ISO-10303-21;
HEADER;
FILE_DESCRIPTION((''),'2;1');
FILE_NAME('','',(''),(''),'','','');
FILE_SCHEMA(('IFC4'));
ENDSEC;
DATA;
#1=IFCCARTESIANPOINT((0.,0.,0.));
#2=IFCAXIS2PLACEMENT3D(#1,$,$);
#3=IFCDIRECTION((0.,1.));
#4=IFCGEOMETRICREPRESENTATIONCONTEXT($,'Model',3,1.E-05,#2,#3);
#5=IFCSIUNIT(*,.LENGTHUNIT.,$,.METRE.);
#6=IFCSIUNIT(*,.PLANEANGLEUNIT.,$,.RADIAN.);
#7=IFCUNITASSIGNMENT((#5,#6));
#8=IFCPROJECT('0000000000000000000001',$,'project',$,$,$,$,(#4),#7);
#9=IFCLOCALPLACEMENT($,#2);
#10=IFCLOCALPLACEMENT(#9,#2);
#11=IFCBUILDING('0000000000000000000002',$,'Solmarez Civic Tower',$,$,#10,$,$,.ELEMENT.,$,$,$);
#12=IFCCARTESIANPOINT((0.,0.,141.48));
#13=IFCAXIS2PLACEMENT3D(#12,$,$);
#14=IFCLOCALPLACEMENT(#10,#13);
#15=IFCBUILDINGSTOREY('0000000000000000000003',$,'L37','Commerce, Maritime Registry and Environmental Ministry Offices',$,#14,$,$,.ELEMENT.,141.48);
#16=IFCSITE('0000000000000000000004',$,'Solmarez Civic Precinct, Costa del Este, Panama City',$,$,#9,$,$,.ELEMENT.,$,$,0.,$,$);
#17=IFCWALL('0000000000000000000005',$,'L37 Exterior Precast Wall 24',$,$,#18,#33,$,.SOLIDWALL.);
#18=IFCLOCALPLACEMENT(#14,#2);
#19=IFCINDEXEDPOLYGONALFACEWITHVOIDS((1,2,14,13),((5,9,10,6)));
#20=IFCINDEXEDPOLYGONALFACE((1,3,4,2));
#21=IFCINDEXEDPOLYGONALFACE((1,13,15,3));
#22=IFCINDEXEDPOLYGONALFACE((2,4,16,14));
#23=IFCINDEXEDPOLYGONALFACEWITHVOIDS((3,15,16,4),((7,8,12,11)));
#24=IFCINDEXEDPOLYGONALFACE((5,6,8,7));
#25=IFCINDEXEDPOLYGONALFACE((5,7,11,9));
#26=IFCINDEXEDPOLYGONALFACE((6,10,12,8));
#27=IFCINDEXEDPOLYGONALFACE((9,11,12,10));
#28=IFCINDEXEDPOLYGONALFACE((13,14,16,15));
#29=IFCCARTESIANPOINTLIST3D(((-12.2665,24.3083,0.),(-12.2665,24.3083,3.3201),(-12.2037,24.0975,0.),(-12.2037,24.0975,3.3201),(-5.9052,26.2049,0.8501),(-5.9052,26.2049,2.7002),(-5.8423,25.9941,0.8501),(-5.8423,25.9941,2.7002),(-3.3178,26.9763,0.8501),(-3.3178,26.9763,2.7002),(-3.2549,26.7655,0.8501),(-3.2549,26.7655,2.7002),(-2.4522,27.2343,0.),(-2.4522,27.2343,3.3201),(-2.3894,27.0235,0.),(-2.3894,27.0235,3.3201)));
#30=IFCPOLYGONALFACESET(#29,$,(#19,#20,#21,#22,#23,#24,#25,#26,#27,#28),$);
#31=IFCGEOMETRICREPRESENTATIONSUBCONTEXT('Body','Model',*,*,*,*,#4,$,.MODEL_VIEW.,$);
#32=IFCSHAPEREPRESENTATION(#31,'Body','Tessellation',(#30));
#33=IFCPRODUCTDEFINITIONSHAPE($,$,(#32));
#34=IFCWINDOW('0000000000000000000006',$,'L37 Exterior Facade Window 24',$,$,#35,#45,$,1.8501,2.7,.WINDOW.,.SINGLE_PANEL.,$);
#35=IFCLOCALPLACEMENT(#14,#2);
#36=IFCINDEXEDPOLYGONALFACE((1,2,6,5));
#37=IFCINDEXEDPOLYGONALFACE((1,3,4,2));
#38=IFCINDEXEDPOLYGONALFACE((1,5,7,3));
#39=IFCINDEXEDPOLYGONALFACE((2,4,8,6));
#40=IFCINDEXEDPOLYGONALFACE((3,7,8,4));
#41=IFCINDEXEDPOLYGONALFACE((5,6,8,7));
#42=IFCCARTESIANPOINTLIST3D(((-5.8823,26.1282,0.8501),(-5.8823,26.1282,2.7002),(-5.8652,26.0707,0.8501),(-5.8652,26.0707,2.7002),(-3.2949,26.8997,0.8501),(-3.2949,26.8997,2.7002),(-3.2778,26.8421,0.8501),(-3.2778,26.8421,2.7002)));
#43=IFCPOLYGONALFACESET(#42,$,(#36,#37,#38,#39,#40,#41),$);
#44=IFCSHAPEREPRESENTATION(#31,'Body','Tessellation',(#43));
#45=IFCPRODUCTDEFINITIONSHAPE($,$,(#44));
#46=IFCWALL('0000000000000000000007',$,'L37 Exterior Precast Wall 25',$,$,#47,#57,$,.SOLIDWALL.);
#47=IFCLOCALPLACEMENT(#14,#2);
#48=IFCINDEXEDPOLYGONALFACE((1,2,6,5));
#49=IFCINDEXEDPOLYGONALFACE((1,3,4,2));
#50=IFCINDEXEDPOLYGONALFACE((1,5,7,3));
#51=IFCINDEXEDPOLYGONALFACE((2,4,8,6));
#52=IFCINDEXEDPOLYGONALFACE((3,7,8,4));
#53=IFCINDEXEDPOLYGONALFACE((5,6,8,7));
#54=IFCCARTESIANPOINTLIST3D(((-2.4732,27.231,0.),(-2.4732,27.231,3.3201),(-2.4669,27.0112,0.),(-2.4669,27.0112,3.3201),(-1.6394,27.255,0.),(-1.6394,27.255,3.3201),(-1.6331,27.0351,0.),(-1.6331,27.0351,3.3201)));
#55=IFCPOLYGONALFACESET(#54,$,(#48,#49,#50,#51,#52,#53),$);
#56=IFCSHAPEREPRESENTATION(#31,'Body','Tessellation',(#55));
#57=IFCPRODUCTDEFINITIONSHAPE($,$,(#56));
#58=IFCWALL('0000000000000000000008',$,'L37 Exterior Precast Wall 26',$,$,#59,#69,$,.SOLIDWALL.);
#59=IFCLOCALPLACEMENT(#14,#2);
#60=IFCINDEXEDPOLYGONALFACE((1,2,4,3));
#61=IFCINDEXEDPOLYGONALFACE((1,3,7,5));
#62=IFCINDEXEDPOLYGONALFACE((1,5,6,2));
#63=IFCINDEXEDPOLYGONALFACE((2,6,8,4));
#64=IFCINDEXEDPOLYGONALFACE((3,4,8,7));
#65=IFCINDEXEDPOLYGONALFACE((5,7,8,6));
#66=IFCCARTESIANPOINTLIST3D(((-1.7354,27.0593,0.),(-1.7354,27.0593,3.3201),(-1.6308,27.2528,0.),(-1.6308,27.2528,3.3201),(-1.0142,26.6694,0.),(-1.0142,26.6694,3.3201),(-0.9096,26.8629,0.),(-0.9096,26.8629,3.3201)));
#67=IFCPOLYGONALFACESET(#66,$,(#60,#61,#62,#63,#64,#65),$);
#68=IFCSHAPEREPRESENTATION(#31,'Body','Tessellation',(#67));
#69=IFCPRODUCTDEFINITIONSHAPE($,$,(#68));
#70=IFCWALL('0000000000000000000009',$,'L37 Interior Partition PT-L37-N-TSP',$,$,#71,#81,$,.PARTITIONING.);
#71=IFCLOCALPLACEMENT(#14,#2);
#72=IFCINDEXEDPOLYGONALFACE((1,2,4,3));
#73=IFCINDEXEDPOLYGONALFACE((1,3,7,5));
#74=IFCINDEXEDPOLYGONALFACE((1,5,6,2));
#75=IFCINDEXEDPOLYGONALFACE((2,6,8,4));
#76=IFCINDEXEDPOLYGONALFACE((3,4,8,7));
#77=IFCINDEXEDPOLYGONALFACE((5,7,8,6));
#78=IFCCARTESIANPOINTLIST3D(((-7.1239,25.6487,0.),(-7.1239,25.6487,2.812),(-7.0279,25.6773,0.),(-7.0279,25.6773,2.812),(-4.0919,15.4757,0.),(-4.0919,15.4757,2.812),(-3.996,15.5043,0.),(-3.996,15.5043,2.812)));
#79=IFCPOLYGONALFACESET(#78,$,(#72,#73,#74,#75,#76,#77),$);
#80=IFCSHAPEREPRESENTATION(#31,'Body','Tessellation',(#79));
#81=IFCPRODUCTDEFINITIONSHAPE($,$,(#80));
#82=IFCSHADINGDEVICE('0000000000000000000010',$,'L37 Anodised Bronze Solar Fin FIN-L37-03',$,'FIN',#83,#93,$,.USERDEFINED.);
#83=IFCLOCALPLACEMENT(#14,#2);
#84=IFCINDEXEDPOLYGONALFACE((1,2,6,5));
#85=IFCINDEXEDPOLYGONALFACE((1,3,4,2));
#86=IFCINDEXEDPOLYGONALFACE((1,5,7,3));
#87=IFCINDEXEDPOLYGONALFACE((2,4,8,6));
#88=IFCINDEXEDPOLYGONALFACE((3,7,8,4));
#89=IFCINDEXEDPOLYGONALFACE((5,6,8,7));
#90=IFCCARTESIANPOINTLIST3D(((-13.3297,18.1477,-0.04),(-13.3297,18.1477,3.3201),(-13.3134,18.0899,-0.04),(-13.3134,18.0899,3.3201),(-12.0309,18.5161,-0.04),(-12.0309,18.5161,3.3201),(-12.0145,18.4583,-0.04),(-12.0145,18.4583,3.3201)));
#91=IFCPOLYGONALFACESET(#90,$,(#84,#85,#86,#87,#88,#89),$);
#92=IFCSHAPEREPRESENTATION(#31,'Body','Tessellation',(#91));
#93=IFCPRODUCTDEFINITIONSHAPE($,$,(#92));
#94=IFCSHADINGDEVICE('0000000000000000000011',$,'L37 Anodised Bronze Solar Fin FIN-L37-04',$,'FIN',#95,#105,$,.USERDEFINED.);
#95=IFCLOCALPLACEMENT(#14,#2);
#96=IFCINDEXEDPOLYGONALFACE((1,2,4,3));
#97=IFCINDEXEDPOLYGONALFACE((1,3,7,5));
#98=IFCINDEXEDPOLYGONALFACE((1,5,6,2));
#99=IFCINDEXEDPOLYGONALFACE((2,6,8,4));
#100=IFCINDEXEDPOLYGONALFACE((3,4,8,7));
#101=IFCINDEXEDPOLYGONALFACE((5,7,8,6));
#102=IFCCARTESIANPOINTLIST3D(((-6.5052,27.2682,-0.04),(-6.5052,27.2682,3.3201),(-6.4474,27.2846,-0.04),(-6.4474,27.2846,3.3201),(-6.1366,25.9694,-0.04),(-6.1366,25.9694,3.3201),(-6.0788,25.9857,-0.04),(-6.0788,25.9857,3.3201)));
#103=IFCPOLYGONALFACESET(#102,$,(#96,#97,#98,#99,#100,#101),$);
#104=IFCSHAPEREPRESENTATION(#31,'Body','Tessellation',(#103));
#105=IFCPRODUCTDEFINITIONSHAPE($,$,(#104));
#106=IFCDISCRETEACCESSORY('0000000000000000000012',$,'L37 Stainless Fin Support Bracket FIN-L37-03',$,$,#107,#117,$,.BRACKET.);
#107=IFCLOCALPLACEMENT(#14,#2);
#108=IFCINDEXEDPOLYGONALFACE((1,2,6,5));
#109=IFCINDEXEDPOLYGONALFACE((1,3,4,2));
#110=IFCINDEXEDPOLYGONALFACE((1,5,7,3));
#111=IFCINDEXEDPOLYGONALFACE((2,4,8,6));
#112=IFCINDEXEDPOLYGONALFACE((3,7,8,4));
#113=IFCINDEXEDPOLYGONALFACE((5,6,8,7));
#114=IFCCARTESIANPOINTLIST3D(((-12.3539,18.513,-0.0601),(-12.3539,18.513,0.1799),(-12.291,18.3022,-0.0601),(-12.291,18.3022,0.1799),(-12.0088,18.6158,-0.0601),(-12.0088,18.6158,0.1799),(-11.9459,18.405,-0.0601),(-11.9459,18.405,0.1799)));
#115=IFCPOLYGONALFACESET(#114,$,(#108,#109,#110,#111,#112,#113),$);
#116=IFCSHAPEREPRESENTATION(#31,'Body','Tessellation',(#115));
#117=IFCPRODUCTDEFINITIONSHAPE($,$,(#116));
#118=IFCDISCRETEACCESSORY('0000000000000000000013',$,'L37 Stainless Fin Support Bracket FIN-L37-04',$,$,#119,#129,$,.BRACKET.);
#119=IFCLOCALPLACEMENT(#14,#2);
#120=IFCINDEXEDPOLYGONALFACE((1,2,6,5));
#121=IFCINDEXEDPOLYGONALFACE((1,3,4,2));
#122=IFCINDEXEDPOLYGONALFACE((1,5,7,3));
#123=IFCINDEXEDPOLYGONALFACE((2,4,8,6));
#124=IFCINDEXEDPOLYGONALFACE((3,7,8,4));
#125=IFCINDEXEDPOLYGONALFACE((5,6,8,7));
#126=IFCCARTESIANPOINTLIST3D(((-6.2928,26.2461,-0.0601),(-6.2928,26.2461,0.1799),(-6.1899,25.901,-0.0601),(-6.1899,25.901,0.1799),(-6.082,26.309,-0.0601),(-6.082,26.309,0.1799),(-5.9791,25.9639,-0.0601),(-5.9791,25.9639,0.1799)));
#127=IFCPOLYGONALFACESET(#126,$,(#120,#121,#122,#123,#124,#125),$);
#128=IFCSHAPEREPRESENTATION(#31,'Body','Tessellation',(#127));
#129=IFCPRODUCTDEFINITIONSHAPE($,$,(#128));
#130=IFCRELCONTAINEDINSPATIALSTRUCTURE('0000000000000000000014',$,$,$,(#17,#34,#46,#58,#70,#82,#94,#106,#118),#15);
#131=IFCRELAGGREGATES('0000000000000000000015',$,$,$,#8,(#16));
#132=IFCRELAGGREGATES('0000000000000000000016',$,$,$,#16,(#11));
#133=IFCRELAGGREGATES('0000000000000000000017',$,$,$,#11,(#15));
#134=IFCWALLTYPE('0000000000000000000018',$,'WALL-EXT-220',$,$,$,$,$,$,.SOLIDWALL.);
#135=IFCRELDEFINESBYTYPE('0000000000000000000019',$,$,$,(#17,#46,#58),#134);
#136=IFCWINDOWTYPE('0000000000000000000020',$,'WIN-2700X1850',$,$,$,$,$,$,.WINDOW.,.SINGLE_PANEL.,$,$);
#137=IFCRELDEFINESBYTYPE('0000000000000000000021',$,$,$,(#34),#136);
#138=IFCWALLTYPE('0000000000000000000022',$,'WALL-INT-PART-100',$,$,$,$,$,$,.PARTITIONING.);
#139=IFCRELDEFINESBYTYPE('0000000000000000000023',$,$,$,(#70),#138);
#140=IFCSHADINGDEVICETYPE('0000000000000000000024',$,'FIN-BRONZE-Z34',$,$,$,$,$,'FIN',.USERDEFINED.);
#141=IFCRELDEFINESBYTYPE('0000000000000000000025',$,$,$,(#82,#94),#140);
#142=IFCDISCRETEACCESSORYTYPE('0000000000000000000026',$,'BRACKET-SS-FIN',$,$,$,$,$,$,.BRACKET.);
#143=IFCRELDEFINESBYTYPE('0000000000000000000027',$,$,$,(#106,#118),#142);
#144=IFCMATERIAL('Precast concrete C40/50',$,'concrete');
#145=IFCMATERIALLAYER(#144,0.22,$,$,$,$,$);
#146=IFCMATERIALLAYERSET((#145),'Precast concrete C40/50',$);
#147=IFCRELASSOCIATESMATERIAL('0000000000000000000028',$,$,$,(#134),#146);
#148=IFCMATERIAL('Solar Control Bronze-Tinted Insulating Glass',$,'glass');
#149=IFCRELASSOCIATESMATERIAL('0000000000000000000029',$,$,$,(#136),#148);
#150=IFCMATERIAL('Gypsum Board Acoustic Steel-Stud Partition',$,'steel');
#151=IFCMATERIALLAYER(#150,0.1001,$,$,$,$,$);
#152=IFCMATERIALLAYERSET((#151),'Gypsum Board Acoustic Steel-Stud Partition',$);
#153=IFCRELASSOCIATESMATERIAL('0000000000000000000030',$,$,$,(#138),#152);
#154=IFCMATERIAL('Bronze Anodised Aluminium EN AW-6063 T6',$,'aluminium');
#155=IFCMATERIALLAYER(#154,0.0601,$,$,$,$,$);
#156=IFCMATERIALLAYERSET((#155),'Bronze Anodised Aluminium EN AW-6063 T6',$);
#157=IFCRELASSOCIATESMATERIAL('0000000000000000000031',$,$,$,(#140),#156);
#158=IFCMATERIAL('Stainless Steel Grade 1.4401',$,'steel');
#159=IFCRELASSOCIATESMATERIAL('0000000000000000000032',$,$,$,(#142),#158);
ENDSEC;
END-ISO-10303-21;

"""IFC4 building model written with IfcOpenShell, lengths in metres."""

from ifc_helpers import new_model, si_unit, direction, frame, frame_2d, origin, origin_2d, place, context, subcontext, project, spatial, rectangle, extrude, material, layer, layer_set, type_object, element, fill, save


model = new_model("IFC4")

# Units and contexts
model_context = context("Model", 3, precision=1e-05, world=origin(), true_north=direction((0.0, 1.0)))
body_context = subcontext(model_context, "Body", "Model", "MODEL_VIEW")
ifc_project = project(units=[si_unit("LENGTHUNIT", "METRE"), si_unit("PLANEANGLEUNIT", "RADIAN")], contexts=[model_context])

# Site, building, storey
site_placement = place(None, origin())
site = spatial("IfcSite", under=ifc_project, at=site_placement, Name="Solmarez Civic Precinct, Costa del Este, Panama City", CompositionType="ELEMENT", RefElevation=0.0)
building_placement = place(site_placement, origin())
building = spatial("IfcBuilding", under=site, at=building_placement, Name="Solmarez Civic Tower", CompositionType="ELEMENT")
storey_placement = place(building_placement, frame((0.0, 0.0, 141.48)))
storey = spatial("IfcBuildingStorey", under=building, at=storey_placement, Name="L37", Description="Commerce, Maritime Registry and Environmental Ministry Offices", CompositionType="ELEMENT", Elevation=141.48)

# Shared definitions
ifc_material_1 = material(Name="Precast concrete C40/50", Category="concrete")
ifc_layer_1 = layer(ifc_material_1, 0.22)
ifc_layer_set_1 = layer_set([ifc_layer_1], Name="Precast concrete C40/50")
wall_type_1 = type_object("IfcWallType", Name="WALL-EXT-220", PredefinedType="SOLIDWALL", material=ifc_layer_set_1)
ifc_material_2 = material(Name="Solar Control Bronze-Tinted Insulating Glass", Category="glass")

# Wall, opening, window
wall_1_placement = place(storey_placement, frame((-12.2351, 24.2029, 0.0), z_axis=(0.0, 0.0, 1.0), x_axis=(0.958315, 0.285714, 0.0)))
wall_1 = element("IfcWall", 1, at=wall_1_placement, inside=storey, type_object=wall_type_1, Name="L37 Exterior Precast Wall 24", PredefinedType="SOLIDWALL", context=body_context, shape_type="SweptSolid", body=[
    extrude(rectangle(XDim=10.2412, YDim=0.22, at=frame_2d((5.1206, 0.0))), origin(), (0.0, 0.0, 1.0), 3.3201),
])
opening_1_placement = place(wall_1_placement, frame((6.6379, 0.0, 0.8501)))
opening_1 = element("IfcOpeningElement", 2, at=opening_1_placement, cuts=wall_1, PredefinedType="OPENING", context=body_context, shape_type="SweptSolid", body=[
    extrude(rectangle(XDim=2.7, YDim=1.8501, at=frame_2d((1.3501, 0.925))), frame((0.0, 0.1199, 0.0), z_axis=(0.0, -1.0, 0.0), x_axis=(1.0, 0.0, 0.0)), (0.0, 0.0, 1.0), 0.24),
])
window_type_1 = type_object("IfcWindowType", Name="WIN-2700X1850", PartitioningType="SINGLE_PANEL", PredefinedType="WINDOW", material=ifc_material_2)
window_1_placement = place(opening_1_placement, origin())
window_1 = element("IfcWindow", 3, at=window_1_placement, inside=storey, type_object=window_type_1, Name="L37 Exterior Facade Window 24", OverallHeight=1.8501, OverallWidth=2.7, PartitioningType="SINGLE_PANEL", PredefinedType="WINDOW", context=body_context, shape_type="SweptSolid", body=[
    extrude(rectangle(XDim=2.7, YDim=1.8501, at=frame_2d((1.3501, 0.925))), frame((0.0, 0.03, 0.0), z_axis=(0.0, -1.0, 0.0), x_axis=(1.0, 0.0, 0.0)), (0.0, 0.0, 1.0), 0.0601),
])
fill(opening_1, window_1)

# Walls
wall_2_placement = place(storey_placement, frame((-2.47, 27.1211, 0.0), z_axis=(0.0, 0.0, 1.0), x_axis=(0.999589, 0.028677, 0.0)))
element("IfcWall", 4, at=wall_2_placement, inside=storey, type_object=wall_type_1, Name="L37 Exterior Precast Wall 25", PredefinedType="SOLIDWALL", context=body_context, shape_type="SweptSolid", body=[
    extrude(rectangle(XDim=0.8342, YDim=0.22, at=frame_2d((0.417, 0.0))), origin(), (0.0, 0.0, 1.0), 3.3201),
])
wall_3_placement = place(storey_placement, frame((-1.6831, 27.156, 0.0), z_axis=(0.0, 0.0, 1.0), x_axis=(0.879676, -0.475573, 0.0)))
element("IfcWall", 5, at=wall_3_placement, inside=storey, type_object=wall_type_1, Name="L37 Exterior Precast Wall 26", PredefinedType="SOLIDWALL", context=body_context, shape_type="SweptSolid", body=[
    extrude(rectangle(XDim=0.8198, YDim=0.22, at=frame_2d((0.4099, 0.0))), origin(), (0.0, 0.0, 1.0), 3.3201),
])
ifc_material_3 = material(Name="Gypsum Board Acoustic Steel-Stud Partition", Category="steel")
ifc_layer_2 = layer(ifc_material_3, 0.1001)
ifc_layer_set_2 = layer_set([ifc_layer_2], Name="Gypsum Board Acoustic Steel-Stud Partition")
wall_type_2 = type_object("IfcWallType", Name="WALL-INT-PART-100", PredefinedType="PARTITIONING", material=ifc_layer_set_2)
wall_4_placement = place(storey_placement, frame((-4.0439, 15.49, 0.0), z_axis=(0.0, 0.0, 1.0), x_axis=(-0.285624, 0.958342, 0.0)))
element("IfcWall", 6, at=wall_4_placement, inside=storey, type_object=wall_type_2, Name="L37 Interior Partition PT-L37-N-TSP", PredefinedType="PARTITIONING", context=body_context, shape_type="SweptSolid", body=[
    extrude(rectangle(XDim=10.6152, YDim=0.1001, at=frame_2d((5.3076, 0.0))), origin(), (0.0, 0.0, 1.0), 2.812),
])

# Shading devices
ifc_material_4 = material(Name="Bronze Anodised Aluminium EN AW-6063 T6", Category="aluminium")
ifc_layer_3 = layer(ifc_material_4, 0.0601)
ifc_layer_set_3 = layer_set([ifc_layer_3], Name="Bronze Anodised Aluminium EN AW-6063 T6")
shading_device_type = type_object("IfcShadingDeviceType", Name="FIN-BRONZE-Z34", ElementType="FIN", PredefinedType="USERDEFINED", material=ifc_layer_set_3)
for number, where, z_axis, x_axis, name in (
    (7, (-12.6721, 18.303, -0.04), (0.0, 0.0, 1.0), (-0.962047, -0.272885, 0.0), "L37 Anodised Bronze Solar Fin FIN-L37-03"),
    (8, (-6.292, 26.627, -0.04), (0.0, 0.0, 1.0), (-0.273019, 0.962009, 0.0), "L37 Anodised Bronze Solar Fin FIN-L37-04"),
):
    element("IfcShadingDevice", number, at=place(storey_placement, frame(where, z_axis=z_axis, x_axis=x_axis)), inside=storey, type_object=shading_device_type, Name=name, ObjectType="FIN", PredefinedType="USERDEFINED", context=body_context, shape_type="SweptSolid", body=[
        extrude(rectangle(XDim=1.3501, YDim=0.0601, at=origin_2d()), origin(), (0.0, 0.0, 1.0), 3.3601),
    ])

# Discrete accessories
ifc_material_5 = material(Name="Stainless Steel Grade 1.4401", Category="steel")
discrete_accessory_type = type_object("IfcDiscreteAccessoryType", Name="BRACKET-SS-FIN", PredefinedType="BRACKET", material=ifc_material_5)
for number, where, z_axis, x_axis, name in (
    (9, (-12.1499, 18.459, -0.0601), (0.0, 0.0, 1.0), (-0.958347, -0.285606, 0.0), "L37 Stainless Fin Support Bracket FIN-L37-03"),
    (10, (-6.136, 26.105, -0.0601), (0.0, 0.0, 1.0), (-0.285745, 0.958306, 0.0), "L37 Stainless Fin Support Bracket FIN-L37-04"),
):
    element("IfcDiscreteAccessory", number, at=place(storey_placement, frame(where, z_axis=z_axis, x_axis=x_axis)), inside=storey, type_object=discrete_accessory_type, Name=name, PredefinedType="BRACKET", context=body_context, shape_type="SweptSolid", body=[
        extrude(rectangle(XDim=0.3601, YDim=0.22, at=origin_2d()), origin(), (0.0, 0.0, 1.0), 0.24),
    ])

save(model, "model.ifc")
